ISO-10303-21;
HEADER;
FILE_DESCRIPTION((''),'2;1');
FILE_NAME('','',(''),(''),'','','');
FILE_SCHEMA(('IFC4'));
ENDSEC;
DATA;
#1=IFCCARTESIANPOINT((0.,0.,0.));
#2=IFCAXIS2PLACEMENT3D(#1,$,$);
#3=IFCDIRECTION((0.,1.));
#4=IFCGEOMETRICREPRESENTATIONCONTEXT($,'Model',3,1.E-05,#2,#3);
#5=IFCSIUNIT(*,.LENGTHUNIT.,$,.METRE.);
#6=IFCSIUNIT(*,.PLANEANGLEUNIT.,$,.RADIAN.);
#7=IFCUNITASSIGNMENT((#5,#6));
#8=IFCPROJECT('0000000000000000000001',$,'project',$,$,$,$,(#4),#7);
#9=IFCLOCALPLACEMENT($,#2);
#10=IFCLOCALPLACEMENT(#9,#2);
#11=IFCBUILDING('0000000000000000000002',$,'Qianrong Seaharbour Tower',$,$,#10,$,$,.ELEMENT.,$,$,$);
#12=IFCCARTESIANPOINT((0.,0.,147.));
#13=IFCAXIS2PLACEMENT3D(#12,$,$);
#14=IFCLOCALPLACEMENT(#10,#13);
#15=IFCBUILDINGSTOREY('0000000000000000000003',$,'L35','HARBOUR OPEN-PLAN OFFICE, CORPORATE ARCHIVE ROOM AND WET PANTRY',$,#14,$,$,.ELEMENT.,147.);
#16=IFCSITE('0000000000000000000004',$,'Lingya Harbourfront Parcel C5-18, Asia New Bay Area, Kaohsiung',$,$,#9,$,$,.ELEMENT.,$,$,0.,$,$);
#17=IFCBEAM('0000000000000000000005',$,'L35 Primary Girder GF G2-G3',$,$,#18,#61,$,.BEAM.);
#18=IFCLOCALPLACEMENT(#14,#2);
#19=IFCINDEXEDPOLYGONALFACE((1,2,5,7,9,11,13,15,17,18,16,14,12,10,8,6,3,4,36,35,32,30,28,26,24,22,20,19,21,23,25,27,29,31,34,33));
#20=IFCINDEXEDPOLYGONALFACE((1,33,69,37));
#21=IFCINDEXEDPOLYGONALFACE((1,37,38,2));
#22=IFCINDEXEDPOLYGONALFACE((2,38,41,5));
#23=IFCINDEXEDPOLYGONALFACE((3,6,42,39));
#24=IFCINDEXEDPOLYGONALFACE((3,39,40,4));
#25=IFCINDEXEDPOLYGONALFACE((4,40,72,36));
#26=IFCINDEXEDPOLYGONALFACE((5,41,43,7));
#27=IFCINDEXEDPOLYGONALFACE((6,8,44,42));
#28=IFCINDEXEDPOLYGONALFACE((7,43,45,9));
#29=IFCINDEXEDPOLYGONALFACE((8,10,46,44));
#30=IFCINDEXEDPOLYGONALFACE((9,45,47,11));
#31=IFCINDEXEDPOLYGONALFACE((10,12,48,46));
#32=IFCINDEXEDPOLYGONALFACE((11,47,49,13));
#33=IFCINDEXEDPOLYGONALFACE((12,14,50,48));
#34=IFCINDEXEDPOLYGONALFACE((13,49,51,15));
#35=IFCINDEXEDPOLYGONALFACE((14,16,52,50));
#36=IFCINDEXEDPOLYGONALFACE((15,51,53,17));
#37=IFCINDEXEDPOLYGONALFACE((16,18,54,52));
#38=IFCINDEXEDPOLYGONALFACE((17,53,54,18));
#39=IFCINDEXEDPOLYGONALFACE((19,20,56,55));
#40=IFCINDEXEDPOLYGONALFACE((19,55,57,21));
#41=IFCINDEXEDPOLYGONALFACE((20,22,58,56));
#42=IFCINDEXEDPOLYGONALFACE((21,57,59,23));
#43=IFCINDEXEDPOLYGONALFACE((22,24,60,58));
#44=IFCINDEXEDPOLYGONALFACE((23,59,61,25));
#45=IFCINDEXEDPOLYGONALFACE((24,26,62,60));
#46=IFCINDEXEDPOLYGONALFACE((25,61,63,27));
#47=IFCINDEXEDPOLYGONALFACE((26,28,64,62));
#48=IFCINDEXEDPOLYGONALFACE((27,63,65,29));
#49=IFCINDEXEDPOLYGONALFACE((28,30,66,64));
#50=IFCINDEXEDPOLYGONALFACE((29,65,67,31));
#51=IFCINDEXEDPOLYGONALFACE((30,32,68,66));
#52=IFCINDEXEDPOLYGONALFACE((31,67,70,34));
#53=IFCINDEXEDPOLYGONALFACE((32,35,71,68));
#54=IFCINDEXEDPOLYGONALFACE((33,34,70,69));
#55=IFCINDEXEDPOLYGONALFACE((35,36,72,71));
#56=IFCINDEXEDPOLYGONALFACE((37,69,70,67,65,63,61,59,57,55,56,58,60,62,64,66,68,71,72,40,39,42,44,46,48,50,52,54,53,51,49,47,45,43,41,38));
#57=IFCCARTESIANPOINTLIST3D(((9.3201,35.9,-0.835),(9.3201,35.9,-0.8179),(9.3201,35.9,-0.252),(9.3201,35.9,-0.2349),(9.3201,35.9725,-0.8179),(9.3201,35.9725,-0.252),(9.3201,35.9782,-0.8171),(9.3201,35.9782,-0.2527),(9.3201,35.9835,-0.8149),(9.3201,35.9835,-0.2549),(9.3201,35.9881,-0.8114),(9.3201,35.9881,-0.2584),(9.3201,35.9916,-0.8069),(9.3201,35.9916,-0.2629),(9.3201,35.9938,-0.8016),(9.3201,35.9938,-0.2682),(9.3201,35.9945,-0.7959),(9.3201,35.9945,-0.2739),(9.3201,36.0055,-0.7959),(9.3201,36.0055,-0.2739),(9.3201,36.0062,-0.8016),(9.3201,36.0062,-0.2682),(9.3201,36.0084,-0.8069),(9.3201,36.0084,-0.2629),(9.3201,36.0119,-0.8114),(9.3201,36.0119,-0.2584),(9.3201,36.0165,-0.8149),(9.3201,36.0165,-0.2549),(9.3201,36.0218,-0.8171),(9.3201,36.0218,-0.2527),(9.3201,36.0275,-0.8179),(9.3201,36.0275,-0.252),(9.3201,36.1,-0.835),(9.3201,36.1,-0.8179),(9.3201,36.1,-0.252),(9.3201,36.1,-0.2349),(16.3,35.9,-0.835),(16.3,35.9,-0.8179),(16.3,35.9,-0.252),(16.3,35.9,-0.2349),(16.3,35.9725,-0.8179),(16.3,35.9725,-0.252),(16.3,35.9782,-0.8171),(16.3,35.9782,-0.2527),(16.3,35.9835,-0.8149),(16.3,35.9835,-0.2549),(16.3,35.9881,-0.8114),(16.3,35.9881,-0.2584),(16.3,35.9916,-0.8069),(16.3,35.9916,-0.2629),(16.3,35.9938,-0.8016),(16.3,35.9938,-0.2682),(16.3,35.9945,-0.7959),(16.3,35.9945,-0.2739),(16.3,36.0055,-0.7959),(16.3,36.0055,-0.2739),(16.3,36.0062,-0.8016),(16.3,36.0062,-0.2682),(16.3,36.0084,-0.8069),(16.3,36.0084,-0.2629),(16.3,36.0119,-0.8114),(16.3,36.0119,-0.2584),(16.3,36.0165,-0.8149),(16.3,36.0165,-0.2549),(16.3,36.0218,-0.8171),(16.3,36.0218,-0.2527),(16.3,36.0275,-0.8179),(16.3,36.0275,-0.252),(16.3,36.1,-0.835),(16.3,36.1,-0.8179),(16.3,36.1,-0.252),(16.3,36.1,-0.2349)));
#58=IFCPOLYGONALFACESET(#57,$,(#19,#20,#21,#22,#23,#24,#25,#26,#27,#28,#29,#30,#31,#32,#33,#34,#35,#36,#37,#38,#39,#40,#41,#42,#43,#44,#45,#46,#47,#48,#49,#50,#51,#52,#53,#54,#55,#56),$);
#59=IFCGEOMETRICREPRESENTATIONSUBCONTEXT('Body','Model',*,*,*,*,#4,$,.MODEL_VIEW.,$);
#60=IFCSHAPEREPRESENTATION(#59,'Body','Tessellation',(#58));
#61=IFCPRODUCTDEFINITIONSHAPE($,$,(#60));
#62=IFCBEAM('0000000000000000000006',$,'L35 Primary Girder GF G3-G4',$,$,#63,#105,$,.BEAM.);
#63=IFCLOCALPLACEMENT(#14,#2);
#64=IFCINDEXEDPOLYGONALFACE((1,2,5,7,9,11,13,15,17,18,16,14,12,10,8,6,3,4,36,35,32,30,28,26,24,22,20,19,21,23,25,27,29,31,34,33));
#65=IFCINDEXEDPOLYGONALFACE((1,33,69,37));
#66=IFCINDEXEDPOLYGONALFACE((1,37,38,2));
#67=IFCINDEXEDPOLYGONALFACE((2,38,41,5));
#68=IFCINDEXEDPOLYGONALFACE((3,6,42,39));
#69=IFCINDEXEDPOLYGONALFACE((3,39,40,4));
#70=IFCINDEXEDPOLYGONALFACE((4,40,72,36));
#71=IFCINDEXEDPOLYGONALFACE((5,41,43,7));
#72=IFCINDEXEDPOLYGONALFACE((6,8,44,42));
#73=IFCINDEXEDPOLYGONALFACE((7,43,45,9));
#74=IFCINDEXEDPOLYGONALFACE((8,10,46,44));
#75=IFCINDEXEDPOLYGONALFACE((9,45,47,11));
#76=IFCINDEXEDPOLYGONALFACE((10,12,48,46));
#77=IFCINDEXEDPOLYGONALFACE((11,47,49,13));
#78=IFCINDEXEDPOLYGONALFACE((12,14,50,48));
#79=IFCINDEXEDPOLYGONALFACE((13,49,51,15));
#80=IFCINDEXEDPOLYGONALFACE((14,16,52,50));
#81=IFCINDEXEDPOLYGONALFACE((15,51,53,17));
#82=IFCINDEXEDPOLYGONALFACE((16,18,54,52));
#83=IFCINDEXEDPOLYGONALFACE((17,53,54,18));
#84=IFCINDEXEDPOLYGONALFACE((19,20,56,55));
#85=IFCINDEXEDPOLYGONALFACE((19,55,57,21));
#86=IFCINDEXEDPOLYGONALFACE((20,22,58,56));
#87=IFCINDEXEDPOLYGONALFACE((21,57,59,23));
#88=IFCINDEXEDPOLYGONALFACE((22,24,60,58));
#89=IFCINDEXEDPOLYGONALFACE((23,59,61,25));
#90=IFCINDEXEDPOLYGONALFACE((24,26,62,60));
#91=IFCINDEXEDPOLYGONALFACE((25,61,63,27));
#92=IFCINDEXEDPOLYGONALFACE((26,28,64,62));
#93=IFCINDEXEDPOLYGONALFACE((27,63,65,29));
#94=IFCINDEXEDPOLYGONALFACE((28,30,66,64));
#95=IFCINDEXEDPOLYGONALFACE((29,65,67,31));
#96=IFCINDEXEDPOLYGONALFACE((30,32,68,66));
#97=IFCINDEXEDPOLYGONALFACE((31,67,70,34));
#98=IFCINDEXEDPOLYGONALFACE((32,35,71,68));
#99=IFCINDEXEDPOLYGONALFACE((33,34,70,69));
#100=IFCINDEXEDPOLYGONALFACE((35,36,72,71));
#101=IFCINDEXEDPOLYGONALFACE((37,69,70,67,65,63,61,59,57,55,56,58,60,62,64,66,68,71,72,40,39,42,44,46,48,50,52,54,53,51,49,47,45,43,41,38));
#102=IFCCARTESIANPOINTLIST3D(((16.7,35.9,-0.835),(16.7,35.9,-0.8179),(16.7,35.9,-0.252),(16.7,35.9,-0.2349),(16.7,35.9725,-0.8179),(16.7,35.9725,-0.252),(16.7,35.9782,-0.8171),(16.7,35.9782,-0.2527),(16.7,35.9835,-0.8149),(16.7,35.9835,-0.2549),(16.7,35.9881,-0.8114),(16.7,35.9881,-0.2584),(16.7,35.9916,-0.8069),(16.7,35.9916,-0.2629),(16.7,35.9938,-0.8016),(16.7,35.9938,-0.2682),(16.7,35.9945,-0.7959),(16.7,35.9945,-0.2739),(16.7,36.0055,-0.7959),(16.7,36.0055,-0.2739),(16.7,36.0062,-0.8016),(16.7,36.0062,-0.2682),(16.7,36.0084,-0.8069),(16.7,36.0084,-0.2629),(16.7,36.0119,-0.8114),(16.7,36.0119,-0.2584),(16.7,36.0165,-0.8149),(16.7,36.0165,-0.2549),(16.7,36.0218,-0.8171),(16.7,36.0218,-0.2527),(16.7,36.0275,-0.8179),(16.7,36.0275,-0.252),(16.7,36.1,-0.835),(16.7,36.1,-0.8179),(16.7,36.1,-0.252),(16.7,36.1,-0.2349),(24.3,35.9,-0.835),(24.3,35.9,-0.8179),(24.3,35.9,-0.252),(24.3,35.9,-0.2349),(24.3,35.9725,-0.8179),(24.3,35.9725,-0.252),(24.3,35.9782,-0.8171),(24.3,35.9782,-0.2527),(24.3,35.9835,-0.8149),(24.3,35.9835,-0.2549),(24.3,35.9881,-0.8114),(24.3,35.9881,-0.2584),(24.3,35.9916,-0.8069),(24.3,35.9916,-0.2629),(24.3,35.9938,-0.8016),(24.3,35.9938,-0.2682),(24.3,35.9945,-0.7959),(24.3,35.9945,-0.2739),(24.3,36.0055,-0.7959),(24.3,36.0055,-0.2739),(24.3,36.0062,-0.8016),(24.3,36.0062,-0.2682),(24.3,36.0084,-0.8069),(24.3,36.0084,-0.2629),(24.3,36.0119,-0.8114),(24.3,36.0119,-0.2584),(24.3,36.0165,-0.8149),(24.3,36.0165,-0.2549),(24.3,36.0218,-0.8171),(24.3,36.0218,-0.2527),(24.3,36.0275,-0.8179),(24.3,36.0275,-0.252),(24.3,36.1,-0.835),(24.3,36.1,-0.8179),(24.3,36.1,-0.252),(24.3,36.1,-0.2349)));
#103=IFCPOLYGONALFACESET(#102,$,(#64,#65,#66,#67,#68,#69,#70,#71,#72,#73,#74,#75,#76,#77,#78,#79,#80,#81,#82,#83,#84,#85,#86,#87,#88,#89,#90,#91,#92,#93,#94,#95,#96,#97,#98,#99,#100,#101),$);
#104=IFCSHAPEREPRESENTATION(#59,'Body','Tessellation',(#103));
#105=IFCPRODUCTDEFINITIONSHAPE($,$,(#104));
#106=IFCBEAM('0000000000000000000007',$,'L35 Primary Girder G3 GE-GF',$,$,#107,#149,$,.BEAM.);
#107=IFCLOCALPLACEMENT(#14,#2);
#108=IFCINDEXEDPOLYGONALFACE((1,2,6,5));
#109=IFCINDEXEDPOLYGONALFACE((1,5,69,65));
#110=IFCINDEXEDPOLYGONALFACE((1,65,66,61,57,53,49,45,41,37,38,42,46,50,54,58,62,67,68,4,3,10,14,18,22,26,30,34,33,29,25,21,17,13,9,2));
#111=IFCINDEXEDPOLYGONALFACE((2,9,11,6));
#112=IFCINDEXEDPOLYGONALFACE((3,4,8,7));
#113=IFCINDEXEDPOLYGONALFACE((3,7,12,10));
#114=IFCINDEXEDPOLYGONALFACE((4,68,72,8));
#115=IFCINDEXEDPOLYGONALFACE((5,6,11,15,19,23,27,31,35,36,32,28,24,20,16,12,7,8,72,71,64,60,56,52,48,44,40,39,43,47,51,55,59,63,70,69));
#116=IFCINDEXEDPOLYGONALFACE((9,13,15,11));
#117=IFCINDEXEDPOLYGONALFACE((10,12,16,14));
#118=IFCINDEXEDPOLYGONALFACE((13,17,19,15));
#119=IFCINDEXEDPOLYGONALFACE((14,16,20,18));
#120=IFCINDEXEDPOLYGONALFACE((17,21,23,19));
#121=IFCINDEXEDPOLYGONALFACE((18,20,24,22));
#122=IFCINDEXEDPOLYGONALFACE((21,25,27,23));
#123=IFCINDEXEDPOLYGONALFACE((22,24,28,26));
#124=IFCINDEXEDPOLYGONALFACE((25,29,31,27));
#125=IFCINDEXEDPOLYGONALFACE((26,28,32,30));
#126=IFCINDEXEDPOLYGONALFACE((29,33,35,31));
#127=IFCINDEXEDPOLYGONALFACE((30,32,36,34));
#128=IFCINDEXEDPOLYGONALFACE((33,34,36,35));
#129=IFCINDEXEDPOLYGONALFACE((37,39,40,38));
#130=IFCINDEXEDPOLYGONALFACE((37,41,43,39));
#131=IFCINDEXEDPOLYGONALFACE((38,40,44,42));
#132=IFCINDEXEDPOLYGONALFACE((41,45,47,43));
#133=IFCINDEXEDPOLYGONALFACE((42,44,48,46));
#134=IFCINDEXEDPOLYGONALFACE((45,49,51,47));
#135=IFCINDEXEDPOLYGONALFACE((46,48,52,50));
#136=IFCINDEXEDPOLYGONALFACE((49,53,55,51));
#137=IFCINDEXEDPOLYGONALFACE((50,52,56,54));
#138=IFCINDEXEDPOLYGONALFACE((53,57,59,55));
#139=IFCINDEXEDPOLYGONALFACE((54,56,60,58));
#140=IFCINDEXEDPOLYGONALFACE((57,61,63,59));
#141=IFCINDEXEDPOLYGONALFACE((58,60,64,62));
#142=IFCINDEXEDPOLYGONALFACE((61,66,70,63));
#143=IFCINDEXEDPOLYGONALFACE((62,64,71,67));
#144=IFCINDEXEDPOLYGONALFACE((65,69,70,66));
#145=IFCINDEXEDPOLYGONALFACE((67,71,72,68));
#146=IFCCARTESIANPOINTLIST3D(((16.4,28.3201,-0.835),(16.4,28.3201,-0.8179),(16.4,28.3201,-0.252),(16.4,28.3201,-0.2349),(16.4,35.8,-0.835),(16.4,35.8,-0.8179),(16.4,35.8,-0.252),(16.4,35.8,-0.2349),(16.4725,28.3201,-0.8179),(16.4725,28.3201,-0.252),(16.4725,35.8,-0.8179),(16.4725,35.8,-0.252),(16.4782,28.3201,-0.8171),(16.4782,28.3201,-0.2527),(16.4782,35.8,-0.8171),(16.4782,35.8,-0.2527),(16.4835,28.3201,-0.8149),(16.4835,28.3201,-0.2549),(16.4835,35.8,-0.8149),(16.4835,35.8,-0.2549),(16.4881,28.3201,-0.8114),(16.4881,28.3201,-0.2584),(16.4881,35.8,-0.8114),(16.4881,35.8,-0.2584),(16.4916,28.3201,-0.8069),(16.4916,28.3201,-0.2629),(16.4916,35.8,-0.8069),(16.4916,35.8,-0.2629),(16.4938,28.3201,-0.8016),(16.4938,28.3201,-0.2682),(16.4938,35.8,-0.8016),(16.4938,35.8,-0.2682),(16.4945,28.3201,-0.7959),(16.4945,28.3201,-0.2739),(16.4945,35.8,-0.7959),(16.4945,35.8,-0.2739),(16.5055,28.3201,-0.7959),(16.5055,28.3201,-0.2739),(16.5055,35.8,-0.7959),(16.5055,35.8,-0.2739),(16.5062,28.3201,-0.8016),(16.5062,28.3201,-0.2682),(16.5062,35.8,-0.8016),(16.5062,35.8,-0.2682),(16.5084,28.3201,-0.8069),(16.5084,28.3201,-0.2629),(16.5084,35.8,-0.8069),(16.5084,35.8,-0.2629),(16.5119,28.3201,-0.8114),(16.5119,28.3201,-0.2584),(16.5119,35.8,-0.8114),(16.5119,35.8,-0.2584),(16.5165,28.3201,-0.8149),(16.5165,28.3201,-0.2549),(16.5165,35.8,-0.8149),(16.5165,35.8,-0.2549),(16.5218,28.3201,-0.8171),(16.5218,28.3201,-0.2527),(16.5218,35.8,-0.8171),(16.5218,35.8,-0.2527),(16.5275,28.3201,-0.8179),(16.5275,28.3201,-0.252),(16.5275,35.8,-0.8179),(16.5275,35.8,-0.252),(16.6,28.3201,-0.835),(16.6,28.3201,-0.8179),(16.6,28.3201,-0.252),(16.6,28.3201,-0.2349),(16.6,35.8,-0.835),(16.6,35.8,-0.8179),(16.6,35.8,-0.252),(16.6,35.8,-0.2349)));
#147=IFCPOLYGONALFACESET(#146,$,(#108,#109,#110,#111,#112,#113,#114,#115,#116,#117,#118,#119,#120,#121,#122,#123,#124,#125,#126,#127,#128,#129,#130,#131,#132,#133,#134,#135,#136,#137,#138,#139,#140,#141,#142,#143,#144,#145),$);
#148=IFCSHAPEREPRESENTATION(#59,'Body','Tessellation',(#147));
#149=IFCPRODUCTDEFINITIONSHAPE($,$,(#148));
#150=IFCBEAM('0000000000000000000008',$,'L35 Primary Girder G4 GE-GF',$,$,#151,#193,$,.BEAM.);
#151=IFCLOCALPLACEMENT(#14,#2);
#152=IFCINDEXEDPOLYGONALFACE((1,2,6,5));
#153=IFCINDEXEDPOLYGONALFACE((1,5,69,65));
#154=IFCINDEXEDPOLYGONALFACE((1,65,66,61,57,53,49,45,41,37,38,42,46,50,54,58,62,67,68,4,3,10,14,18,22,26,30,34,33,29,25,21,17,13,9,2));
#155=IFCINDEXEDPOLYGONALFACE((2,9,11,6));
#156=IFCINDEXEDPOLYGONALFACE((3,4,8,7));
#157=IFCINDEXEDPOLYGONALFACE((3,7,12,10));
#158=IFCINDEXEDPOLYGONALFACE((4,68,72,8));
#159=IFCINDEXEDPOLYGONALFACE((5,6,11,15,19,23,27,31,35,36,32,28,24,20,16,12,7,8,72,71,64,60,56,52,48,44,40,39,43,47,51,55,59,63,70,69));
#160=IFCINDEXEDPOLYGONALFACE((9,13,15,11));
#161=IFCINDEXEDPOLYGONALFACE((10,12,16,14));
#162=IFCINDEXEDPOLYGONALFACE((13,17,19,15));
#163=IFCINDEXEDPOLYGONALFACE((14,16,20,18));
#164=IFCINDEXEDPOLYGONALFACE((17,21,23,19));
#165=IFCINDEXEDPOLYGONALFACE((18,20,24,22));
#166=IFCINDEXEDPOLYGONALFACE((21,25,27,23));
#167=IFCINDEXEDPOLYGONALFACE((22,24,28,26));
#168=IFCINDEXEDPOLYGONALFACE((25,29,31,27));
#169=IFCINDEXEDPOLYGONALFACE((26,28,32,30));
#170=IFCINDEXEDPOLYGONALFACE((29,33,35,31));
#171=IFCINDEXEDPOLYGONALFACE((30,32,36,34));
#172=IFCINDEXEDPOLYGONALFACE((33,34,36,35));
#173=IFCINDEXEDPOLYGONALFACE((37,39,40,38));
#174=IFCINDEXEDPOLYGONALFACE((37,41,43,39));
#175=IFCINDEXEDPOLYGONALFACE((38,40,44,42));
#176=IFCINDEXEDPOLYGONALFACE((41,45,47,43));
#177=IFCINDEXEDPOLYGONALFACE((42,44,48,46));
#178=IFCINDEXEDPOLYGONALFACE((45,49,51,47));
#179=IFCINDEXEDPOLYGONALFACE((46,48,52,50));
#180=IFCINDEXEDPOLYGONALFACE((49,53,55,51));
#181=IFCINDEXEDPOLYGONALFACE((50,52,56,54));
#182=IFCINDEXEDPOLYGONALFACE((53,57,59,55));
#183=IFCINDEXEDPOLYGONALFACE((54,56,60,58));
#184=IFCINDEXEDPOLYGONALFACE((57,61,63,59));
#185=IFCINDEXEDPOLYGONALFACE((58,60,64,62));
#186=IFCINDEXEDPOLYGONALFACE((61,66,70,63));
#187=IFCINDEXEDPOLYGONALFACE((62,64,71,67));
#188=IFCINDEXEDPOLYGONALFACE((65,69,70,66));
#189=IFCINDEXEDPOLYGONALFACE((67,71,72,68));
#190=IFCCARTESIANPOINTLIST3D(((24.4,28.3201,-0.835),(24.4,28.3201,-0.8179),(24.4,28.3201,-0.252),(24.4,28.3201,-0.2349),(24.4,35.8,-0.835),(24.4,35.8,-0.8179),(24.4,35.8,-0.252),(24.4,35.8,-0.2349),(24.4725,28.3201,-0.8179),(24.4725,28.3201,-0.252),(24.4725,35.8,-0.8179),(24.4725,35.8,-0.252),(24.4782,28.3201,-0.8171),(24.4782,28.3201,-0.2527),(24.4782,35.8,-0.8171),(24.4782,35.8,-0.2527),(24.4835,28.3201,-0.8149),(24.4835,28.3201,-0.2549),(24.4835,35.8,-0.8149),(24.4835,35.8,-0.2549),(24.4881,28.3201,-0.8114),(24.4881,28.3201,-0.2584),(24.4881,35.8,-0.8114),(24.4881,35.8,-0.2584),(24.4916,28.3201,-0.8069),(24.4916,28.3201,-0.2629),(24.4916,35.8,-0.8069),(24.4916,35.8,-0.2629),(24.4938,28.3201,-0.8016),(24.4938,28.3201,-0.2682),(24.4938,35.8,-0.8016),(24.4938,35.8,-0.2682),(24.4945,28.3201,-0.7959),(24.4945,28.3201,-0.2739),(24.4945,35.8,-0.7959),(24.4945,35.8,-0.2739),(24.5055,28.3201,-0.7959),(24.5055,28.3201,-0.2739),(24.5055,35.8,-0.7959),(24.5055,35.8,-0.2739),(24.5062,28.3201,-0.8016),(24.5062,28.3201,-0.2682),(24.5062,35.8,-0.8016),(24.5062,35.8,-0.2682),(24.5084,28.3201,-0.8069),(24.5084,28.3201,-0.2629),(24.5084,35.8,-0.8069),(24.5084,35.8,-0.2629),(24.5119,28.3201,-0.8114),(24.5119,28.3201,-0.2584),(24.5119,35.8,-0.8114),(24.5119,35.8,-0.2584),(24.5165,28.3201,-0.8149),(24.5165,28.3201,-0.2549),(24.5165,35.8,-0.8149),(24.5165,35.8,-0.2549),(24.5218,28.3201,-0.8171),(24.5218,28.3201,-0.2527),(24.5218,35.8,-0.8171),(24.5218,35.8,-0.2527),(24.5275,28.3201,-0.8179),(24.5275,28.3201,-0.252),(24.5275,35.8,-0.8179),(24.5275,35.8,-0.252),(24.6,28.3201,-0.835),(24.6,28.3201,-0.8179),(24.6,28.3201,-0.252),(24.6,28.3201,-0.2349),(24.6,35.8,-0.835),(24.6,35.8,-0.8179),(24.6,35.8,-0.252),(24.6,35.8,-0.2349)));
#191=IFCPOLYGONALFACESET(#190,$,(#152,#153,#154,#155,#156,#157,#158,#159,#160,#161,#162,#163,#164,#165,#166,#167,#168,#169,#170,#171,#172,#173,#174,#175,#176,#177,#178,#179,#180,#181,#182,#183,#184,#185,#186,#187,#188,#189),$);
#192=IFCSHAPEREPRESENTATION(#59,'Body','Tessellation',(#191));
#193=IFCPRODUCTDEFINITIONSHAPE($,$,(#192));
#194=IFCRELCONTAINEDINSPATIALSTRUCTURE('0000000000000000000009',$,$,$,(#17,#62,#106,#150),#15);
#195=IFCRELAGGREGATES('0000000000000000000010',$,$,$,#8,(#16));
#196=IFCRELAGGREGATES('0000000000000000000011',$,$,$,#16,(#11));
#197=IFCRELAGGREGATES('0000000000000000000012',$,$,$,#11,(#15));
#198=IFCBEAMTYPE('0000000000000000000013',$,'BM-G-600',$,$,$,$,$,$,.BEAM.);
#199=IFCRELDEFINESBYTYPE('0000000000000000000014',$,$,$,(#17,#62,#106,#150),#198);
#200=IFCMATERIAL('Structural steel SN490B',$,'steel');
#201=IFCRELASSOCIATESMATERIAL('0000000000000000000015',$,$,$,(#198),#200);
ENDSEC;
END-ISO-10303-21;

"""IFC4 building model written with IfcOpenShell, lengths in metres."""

from ifc_helpers import new_model, si_unit, direction, frame, origin, origin_2d, place, context, subcontext, project, spatial, i_section, extrude, material, material_profile, profile_set, type_object, element, save


model = new_model("IFC4")

# Units and contexts
model_context = context("Model", 3, precision=1e-05, world=origin(), true_north=direction((0.0, 1.0)))
body_context = subcontext(model_context, "Body", "Model", "MODEL_VIEW")
ifc_project = project(units=[si_unit("LENGTHUNIT", "METRE"), si_unit("PLANEANGLEUNIT", "RADIAN")], contexts=[model_context])

# Site, building, storey
site_placement = place(None, origin())
site = spatial("IfcSite", under=ifc_project, at=site_placement, Name="Lingya Harbourfront Parcel C5-18, Asia New Bay Area, Kaohsiung", CompositionType="ELEMENT", RefElevation=0.0)
building_placement = place(site_placement, origin())
building = spatial("IfcBuilding", under=site, at=building_placement, Name="Qianrong Seaharbour Tower", CompositionType="ELEMENT")
storey_placement = place(building_placement, frame((0.0, 0.0, 147.0)))
storey = spatial("IfcBuildingStorey", under=building, at=storey_placement, Name="L35", Description="HARBOUR OPEN-PLAN OFFICE, CORPORATE ARCHIVE ROOM AND WET PANTRY", CompositionType="ELEMENT", Elevation=147.0)

# Shared definitions
ifc_material_1 = material(Name="Structural steel SN490B", Category="steel")

# Beams
ifc_material_profile_1 = material_profile(ifc_material_1, i_section(OverallWidth=0.2, OverallDepth=0.6001, WebThickness=0.011, FlangeThickness=0.0171, FilletRadius=0.022, at=origin_2d()), Name="H600x200x11x17")
ifc_profile_set_1 = profile_set([ifc_material_profile_1], Name="Structural steel SN490B")
beam_type_1 = type_object("IfcBeamType", Name="BM-G-600", PredefinedType="BEAM", material=ifc_profile_set_1)
beam_1_placement = place(storey_placement, frame((9.3201, 36.0, -0.5349), z_axis=(1.0, 0.0, 0.0), x_axis=(0.0, 1.0, 0.0)))
element("IfcBeam", 1, at=beam_1_placement, inside=storey, type_object=beam_type_1, Name="L35 Primary Girder GF G2-G3", PredefinedType="BEAM", context=body_context, shape_type="SweptSolid", body=[
    extrude(i_section(OverallWidth=0.2, OverallDepth=0.6001, WebThickness=0.011, FlangeThickness=0.0171, FilletRadius=0.022, at=origin_2d()), origin(), (0.0, 0.0, 1.0), 6.98),
])
beam_2_placement = place(storey_placement, frame((16.7, 36.0, -0.5349), z_axis=(1.0, 0.0, 0.0), x_axis=(0.0, 1.0, 0.0)))
element("IfcBeam", 2, at=beam_2_placement, inside=storey, type_object=beam_type_1, Name="L35 Primary Girder GF G3-G4", PredefinedType="BEAM", context=body_context, shape_type="SweptSolid", body=[
    extrude(i_section(OverallWidth=0.2, OverallDepth=0.6001, WebThickness=0.011, FlangeThickness=0.0171, FilletRadius=0.022, at=origin_2d()), origin(), (0.0, 0.0, 1.0), 7.6001),
])
for number, where, z_axis, x_axis, name in (
    (3, (16.5, 28.3201, -0.5349), (0.0, 1.0, 0.0), (-1.0, 0.0, 0.0), "L35 Primary Girder G3 GE-GF"),
    (4, (24.5, 28.3201, -0.5349), (0.0, 1.0, 0.0), (-1.0, 0.0, 0.0), "L35 Primary Girder G4 GE-GF"),
):
    element("IfcBeam", number, at=place(storey_placement, frame(where, z_axis=z_axis, x_axis=x_axis)), inside=storey, type_object=beam_type_1, Name=name, PredefinedType="BEAM", context=body_context, shape_type="SweptSolid", body=[
        extrude(i_section(OverallWidth=0.2, OverallDepth=0.6001, WebThickness=0.011, FlangeThickness=0.0171, FilletRadius=0.022, at=origin_2d()), origin(), (0.0, 0.0, 1.0), 7.48),
    ])

save(model, "model.ifc")
